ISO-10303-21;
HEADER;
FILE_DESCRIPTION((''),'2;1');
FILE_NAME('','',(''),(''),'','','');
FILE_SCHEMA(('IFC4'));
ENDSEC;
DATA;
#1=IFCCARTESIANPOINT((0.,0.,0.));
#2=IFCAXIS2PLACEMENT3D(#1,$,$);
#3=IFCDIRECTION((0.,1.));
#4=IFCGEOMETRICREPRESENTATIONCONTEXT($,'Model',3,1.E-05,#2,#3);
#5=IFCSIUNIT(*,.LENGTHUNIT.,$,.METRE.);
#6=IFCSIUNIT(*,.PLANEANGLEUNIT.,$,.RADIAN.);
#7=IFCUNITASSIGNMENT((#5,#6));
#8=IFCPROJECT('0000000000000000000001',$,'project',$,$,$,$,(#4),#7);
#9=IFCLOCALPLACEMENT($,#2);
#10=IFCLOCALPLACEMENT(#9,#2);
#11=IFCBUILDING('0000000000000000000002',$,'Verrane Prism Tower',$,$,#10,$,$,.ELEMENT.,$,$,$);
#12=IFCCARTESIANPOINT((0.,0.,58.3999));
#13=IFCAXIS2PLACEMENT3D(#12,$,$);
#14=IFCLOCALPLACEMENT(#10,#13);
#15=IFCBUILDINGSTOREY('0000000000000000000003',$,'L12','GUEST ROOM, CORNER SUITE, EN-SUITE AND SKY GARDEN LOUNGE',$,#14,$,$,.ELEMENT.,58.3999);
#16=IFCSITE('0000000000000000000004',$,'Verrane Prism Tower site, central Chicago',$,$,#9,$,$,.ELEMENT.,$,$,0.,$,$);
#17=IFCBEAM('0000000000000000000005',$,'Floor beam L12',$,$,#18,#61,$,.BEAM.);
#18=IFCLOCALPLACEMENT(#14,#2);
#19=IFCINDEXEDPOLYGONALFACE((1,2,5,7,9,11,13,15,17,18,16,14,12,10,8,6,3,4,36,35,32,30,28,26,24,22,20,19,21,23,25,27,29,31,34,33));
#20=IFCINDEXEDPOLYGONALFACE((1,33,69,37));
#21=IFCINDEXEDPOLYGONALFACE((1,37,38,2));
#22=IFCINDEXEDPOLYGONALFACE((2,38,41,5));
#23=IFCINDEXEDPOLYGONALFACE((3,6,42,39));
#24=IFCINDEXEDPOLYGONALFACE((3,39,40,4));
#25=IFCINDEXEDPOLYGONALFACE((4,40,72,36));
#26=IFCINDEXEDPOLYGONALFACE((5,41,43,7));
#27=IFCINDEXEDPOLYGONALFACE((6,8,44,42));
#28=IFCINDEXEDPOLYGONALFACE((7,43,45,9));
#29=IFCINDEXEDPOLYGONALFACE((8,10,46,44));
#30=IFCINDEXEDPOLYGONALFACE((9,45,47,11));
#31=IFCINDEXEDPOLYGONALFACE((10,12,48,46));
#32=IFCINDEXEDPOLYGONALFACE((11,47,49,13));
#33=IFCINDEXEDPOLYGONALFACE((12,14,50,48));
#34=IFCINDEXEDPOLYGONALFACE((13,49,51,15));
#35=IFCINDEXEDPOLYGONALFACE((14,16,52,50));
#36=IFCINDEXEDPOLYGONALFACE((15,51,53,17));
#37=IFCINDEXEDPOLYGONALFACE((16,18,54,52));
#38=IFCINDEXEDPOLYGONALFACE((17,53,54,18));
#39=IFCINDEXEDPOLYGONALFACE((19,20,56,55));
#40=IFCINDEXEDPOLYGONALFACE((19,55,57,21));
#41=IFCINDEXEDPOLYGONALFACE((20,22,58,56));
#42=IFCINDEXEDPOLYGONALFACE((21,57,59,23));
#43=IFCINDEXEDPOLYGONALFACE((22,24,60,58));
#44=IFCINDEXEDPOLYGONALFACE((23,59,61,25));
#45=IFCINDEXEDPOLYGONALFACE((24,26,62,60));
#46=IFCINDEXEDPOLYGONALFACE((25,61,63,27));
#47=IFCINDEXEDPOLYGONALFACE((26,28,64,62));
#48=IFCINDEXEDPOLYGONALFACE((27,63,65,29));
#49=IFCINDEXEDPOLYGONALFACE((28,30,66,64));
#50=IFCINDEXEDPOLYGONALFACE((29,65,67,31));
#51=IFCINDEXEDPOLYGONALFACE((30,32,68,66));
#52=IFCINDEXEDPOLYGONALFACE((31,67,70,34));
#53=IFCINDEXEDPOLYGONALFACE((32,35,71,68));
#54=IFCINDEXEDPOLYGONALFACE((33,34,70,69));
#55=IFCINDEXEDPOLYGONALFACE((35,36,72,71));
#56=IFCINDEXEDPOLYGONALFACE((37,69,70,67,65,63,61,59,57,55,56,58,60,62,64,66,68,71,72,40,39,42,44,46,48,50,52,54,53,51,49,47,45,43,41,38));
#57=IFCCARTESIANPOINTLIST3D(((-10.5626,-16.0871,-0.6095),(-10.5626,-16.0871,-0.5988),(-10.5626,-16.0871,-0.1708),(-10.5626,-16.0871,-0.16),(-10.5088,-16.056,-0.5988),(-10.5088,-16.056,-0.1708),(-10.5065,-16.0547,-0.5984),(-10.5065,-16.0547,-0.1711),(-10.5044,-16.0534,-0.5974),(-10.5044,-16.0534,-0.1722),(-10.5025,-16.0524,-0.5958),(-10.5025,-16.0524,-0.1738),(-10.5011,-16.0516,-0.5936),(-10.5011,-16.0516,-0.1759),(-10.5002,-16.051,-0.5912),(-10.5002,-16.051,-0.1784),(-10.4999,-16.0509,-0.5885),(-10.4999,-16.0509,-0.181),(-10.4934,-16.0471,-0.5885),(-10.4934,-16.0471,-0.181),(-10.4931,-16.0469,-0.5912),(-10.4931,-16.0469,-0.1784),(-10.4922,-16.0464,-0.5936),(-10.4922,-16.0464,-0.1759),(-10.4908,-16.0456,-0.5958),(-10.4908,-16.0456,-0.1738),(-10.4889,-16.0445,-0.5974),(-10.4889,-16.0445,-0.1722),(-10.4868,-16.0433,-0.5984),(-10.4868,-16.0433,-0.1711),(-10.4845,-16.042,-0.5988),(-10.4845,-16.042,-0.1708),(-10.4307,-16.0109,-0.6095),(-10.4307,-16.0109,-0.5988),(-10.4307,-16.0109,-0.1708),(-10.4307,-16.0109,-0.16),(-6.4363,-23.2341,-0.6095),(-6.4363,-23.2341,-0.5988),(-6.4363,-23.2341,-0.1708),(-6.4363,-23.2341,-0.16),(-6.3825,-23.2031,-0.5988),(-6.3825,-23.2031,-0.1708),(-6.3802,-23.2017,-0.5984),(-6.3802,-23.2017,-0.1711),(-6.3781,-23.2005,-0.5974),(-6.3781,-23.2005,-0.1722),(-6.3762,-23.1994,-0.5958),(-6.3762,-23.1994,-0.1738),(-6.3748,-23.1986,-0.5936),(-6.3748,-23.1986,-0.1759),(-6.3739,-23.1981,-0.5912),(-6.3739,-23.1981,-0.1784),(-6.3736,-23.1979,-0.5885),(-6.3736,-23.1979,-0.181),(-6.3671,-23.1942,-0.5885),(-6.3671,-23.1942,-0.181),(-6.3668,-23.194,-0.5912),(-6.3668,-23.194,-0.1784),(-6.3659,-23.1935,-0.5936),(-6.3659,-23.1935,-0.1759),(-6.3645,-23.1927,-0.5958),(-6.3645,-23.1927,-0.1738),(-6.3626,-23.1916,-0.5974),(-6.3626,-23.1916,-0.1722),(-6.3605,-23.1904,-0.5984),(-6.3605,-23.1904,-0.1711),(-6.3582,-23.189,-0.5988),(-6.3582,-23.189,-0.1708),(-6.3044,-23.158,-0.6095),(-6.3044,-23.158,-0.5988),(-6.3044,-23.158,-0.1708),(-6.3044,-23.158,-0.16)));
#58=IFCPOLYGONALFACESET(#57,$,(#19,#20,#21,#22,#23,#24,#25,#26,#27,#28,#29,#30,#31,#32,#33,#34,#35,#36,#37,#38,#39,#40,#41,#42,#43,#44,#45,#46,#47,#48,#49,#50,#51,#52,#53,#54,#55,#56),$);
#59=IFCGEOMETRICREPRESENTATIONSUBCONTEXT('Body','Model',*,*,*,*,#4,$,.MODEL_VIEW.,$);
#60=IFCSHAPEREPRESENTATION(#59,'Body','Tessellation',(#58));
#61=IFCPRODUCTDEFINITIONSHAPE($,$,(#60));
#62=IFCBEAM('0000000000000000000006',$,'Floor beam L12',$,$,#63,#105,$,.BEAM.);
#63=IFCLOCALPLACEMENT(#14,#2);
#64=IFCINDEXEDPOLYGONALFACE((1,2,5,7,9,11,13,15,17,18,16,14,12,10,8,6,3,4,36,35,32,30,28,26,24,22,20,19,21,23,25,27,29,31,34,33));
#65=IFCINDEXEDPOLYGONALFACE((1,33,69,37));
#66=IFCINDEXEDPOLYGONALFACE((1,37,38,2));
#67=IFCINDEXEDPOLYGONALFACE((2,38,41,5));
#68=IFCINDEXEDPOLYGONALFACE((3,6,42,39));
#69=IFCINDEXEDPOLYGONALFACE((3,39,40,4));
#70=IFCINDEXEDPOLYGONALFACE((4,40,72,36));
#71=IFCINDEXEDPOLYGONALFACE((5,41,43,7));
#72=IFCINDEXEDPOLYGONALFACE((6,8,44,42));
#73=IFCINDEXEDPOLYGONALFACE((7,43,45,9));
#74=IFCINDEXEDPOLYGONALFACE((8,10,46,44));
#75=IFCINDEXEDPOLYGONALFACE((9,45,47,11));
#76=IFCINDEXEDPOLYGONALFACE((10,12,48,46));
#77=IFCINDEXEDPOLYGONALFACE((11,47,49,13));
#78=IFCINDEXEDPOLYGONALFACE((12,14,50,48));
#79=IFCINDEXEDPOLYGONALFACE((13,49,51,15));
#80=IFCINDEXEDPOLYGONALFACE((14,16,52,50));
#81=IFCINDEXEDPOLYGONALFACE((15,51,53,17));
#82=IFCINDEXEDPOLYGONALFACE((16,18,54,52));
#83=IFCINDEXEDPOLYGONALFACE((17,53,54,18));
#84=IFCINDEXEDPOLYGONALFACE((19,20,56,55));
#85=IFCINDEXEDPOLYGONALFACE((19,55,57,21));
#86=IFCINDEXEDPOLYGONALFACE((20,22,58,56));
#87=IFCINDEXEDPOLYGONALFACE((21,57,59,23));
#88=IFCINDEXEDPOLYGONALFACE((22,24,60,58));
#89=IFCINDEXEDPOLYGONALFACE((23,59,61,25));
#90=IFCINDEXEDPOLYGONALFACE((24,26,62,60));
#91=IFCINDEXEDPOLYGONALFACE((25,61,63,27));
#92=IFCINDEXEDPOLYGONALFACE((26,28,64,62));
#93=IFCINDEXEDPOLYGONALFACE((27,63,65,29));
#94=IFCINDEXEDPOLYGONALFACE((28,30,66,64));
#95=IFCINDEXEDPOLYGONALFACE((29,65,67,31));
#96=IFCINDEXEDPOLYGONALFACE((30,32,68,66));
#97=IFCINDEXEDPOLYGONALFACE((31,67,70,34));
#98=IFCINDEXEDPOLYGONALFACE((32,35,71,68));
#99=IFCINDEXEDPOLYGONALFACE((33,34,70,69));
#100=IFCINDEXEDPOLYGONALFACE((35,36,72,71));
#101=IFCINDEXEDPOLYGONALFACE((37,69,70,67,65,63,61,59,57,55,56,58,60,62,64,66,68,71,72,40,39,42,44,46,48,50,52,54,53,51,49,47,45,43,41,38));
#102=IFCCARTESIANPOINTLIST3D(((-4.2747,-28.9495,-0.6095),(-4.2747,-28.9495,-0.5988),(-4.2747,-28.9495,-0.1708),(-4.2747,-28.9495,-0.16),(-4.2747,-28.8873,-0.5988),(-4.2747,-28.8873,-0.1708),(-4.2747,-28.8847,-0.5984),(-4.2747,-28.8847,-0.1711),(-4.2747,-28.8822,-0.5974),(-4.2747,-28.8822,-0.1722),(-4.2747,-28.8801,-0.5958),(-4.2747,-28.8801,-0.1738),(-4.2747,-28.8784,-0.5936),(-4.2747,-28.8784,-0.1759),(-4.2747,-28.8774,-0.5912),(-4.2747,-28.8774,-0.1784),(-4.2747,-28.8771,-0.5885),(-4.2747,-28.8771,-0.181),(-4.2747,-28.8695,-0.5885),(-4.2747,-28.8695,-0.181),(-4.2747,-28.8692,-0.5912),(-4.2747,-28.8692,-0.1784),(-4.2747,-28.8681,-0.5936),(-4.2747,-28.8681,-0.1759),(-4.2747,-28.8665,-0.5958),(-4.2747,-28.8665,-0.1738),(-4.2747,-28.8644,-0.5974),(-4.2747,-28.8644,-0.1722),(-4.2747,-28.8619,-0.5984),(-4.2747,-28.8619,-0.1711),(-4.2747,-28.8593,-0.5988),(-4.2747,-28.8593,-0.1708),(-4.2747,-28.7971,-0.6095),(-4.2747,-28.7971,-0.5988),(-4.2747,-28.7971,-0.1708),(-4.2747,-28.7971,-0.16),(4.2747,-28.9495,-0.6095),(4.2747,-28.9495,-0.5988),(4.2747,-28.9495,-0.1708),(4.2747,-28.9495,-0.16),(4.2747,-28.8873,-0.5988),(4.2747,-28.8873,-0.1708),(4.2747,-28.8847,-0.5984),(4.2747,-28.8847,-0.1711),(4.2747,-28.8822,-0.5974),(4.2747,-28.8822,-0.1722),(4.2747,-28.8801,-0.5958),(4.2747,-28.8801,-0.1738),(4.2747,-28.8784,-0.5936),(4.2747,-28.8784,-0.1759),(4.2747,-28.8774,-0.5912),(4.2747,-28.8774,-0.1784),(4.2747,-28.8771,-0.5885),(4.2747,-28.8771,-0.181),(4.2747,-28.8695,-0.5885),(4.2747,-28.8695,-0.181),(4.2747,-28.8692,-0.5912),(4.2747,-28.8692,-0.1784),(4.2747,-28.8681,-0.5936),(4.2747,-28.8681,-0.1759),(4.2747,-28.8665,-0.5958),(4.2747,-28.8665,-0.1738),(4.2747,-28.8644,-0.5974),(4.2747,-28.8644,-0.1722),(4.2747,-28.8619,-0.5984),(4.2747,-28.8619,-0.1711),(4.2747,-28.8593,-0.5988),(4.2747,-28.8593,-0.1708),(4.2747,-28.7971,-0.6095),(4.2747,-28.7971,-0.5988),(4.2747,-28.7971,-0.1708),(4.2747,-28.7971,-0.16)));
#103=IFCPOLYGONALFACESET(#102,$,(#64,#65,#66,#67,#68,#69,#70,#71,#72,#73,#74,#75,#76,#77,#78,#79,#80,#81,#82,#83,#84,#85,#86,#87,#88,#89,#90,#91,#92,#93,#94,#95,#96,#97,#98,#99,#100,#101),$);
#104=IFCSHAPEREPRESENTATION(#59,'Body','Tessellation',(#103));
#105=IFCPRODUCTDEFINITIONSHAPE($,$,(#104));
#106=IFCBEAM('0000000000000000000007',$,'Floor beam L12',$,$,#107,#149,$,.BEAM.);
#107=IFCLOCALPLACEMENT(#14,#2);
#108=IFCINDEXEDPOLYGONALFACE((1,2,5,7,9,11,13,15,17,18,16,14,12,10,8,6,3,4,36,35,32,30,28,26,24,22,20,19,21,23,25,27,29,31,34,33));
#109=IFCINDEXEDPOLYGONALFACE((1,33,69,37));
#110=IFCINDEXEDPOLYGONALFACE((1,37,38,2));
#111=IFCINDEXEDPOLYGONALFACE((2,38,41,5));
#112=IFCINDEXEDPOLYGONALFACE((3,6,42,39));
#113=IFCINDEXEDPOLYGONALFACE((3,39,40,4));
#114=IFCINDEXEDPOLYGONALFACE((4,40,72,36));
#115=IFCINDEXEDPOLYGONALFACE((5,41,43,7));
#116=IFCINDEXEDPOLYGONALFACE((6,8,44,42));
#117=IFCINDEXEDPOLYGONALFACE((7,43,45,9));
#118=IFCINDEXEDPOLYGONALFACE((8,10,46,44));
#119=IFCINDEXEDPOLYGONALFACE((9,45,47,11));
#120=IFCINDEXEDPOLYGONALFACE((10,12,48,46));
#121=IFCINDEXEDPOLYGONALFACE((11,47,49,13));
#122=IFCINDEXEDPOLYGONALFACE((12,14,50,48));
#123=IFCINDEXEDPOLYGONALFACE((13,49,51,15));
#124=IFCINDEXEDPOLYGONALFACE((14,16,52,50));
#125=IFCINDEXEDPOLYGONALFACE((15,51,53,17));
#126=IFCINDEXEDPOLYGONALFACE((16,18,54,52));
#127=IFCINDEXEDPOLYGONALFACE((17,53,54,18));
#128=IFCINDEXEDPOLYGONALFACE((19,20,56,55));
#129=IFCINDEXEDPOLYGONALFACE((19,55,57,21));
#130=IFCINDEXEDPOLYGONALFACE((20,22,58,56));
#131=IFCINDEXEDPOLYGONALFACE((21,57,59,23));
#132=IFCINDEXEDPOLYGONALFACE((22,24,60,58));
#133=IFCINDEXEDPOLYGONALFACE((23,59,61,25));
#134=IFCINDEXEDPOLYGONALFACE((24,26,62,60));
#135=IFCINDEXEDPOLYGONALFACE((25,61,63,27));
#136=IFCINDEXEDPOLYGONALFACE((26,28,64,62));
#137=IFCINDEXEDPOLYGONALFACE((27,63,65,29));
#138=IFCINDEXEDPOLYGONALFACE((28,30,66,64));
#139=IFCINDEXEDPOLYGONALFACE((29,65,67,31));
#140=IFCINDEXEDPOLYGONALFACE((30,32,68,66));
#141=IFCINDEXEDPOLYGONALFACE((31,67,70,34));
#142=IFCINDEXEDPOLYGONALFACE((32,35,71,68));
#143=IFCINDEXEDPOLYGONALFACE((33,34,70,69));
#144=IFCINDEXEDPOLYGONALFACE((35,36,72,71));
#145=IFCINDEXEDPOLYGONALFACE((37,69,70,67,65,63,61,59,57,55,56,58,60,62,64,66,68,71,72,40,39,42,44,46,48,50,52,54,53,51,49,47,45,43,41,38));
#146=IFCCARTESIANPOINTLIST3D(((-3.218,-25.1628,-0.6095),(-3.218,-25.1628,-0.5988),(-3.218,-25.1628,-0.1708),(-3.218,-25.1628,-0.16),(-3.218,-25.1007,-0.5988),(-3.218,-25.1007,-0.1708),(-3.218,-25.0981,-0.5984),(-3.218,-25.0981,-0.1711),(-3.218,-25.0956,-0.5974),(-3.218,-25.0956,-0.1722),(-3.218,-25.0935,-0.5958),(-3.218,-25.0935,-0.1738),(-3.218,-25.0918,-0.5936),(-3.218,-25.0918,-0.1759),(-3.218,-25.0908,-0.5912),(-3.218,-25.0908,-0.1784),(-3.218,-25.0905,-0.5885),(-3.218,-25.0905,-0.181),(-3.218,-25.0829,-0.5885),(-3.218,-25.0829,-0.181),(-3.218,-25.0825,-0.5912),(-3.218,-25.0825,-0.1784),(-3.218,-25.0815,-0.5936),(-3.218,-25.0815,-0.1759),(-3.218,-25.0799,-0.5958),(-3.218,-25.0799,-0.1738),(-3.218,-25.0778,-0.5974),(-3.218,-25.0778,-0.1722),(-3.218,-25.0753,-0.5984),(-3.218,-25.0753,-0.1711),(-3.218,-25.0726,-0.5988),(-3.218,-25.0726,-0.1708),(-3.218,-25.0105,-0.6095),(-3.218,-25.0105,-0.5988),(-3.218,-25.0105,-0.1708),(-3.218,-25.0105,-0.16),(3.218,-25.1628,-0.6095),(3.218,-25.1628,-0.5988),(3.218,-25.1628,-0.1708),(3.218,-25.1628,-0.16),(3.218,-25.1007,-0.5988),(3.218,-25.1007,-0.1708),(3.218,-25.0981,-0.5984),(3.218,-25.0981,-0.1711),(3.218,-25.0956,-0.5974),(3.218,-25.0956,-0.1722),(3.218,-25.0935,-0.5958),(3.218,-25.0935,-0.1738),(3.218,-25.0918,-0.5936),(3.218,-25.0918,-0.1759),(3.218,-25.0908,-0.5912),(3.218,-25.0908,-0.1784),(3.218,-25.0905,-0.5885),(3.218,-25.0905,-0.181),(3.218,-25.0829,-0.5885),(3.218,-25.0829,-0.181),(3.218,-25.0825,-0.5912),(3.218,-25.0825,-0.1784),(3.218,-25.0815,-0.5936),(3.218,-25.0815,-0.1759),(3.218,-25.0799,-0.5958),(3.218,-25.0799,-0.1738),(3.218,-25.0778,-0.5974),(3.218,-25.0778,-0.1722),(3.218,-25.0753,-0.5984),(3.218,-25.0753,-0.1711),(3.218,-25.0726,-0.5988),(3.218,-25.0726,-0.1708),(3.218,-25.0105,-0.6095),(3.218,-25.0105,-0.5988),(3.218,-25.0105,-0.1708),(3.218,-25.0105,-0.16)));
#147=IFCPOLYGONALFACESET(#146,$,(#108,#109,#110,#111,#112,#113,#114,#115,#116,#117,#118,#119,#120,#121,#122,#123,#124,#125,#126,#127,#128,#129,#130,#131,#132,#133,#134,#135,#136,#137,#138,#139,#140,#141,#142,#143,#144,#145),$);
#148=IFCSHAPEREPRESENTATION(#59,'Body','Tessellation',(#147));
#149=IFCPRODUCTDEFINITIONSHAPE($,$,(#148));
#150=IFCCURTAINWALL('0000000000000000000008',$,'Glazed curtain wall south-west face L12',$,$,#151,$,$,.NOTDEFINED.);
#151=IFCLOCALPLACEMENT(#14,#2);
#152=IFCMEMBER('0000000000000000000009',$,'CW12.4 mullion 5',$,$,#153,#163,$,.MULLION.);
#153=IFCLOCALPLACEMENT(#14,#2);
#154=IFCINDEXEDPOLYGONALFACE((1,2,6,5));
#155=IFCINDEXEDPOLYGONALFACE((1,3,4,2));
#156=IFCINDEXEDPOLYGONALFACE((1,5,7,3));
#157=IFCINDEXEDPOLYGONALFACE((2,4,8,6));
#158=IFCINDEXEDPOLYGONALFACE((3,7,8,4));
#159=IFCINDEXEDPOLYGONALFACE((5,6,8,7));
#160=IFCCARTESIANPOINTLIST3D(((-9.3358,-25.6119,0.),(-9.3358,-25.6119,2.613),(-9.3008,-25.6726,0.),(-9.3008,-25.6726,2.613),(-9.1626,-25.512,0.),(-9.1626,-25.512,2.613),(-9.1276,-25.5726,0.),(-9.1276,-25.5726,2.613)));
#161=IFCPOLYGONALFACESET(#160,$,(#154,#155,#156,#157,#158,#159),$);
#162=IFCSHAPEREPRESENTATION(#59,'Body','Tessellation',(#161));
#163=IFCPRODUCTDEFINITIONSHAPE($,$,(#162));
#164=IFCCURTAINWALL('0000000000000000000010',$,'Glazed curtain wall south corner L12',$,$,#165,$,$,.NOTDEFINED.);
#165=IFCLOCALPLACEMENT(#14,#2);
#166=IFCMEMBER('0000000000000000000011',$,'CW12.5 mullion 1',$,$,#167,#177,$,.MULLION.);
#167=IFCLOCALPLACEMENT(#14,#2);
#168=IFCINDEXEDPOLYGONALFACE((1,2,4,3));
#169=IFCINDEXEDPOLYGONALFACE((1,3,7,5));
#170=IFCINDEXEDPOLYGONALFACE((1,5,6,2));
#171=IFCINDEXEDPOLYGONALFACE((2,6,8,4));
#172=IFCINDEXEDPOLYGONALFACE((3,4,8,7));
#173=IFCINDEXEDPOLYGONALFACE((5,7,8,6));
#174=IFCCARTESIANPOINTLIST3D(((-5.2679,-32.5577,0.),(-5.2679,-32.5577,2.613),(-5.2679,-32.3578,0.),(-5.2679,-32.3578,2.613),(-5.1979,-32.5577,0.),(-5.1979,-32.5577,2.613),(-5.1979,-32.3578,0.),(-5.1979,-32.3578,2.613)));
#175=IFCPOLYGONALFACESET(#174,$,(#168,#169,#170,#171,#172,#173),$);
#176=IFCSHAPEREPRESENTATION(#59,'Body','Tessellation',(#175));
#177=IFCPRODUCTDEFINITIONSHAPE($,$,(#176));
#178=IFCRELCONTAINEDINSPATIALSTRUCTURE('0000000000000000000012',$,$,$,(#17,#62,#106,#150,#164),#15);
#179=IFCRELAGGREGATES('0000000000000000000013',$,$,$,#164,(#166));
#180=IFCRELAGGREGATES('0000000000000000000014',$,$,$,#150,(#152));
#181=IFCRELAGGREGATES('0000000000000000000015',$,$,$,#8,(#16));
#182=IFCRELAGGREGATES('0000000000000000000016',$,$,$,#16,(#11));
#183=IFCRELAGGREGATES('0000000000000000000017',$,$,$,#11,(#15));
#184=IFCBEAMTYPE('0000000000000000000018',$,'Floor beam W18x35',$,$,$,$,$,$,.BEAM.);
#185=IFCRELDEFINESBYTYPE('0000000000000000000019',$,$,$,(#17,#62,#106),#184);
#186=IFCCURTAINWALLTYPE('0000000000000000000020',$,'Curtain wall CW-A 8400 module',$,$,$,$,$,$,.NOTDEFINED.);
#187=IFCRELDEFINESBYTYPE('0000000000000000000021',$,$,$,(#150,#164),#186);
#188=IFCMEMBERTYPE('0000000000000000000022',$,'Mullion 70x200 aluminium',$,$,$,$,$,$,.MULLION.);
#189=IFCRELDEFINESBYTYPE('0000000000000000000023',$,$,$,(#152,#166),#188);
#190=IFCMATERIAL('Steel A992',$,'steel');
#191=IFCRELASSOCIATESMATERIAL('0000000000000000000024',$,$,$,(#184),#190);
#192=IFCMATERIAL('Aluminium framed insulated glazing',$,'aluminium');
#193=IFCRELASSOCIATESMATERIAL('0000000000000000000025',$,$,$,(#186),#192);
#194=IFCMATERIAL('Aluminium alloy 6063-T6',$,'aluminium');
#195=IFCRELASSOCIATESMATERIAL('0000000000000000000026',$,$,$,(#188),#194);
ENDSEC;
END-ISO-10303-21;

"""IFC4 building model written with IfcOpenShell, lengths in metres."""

from ifc_helpers import new_model, si_unit, direction, frame, origin, origin_2d, place, context, subcontext, project, spatial, rectangle, i_section, extrude, material, material_profile, profile_set, type_object, element, aggregate, save


model = new_model("IFC4")

# Units and contexts
model_context = context("Model", 3, precision=1e-05, world=origin(), true_north=direction((0.0, 1.0)))
body_context = subcontext(model_context, "Body", "Model", "MODEL_VIEW")
ifc_project = project(units=[si_unit("LENGTHUNIT", "METRE"), si_unit("PLANEANGLEUNIT", "RADIAN")], contexts=[model_context])

# Site, building, storey
site_placement = place(None, origin())
site = spatial("IfcSite", under=ifc_project, at=site_placement, Name="Verrane Prism Tower site, central Chicago", CompositionType="ELEMENT", RefElevation=0.0)
building_placement = place(site_placement, origin())
building = spatial("IfcBuilding", under=site, at=building_placement, Name="Verrane Prism Tower", CompositionType="ELEMENT")
storey_placement = place(building_placement, frame((0.0, 0.0, 58.3999)))
storey = spatial("IfcBuildingStorey", under=building, at=storey_placement, Name="L12", Description="GUEST ROOM, CORNER SUITE, EN-SUITE AND SKY GARDEN LOUNGE", CompositionType="ELEMENT", Elevation=58.3999)

# Beams
ifc_material_1 = material(Name="Steel A992", Category="steel")
ifc_material_profile_1 = material_profile(ifc_material_1, i_section(OverallWidth=0.1523, OverallDepth=0.4495, WebThickness=0.0076, FlangeThickness=0.0107, FilletRadius=0.0103, at=origin_2d()), Name="W18x35")
ifc_profile_set_1 = profile_set([ifc_material_profile_1], Name="Steel A992")
beam_type_1 = type_object("IfcBeamType", Name="Floor beam W18x35", PredefinedType="BEAM", material=ifc_profile_set_1)
beam_1_placement = place(storey_placement, frame((-6.3704, -23.196, -0.3848), z_axis=(-0.499992, 0.86603, 0.0), x_axis=(-0.86603, -0.499992, 0.0)))
element("IfcBeam", 1, at=beam_1_placement, inside=storey, type_object=beam_type_1, Name="Floor beam L12", PredefinedType="BEAM", context=body_context, shape_type="SweptSolid", body=[
    extrude(i_section(OverallWidth=0.1523, OverallDepth=0.4495, WebThickness=0.0076, FlangeThickness=0.0107, FilletRadius=0.0103, at=origin_2d()), origin(), (0.0, 0.0, 1.0), 8.2527),
])
beam_2_placement = place(storey_placement, frame((-4.2747, -28.8733, -0.3848), z_axis=(1.0, 0.0, 0.0), x_axis=(0.0, 1.0, 0.0)))
element("IfcBeam", 2, at=beam_2_placement, inside=storey, type_object=beam_type_1, Name="Floor beam L12", PredefinedType="BEAM", context=body_context, shape_type="SweptSolid", body=[
    extrude(i_section(OverallWidth=0.1523, OverallDepth=0.4495, WebThickness=0.0076, FlangeThickness=0.0107, FilletRadius=0.0103, at=origin_2d()), origin(), (0.0, 0.0, 1.0), 8.5493),
])
beam_3_placement = place(storey_placement, frame((-3.218, -25.0867, -0.3848), z_axis=(1.0, 0.0, 0.0), x_axis=(0.0, 1.0, 0.0)))
element("IfcBeam", 3, at=beam_3_placement, inside=storey, type_object=beam_type_1, Name="Floor beam L12", PredefinedType="BEAM", context=body_context, shape_type="SweptSolid", body=[
    extrude(i_section(OverallWidth=0.1523, OverallDepth=0.4495, WebThickness=0.0076, FlangeThickness=0.0107, FilletRadius=0.0103, at=origin_2d()), origin(), (0.0, 0.0, 1.0), 6.436),
])

# Curtain walls, members
ifc_material_2 = material(Name="Aluminium framed insulated glazing", Category="aluminium")
curtain_wall_type = type_object("IfcCurtainWallType", Name="Curtain wall CW-A 8400 module", PredefinedType="NOTDEFINED", material=ifc_material_2)
curtain_wall_1_placement = place(storey_placement, origin())
curtain_wall_1 = element("IfcCurtainWall", 4, at=curtain_wall_1_placement, inside=storey, type_object=curtain_wall_type, Name="Glazed curtain wall south-west face L12", PredefinedType="NOTDEFINED")
ifc_material_3 = material(Name="Aluminium alloy 6063-T6", Category="aluminium")
ifc_material_profile_2 = material_profile(ifc_material_3, rectangle(XDim=0.2, YDim=0.0701, at=origin_2d()), Name="Mullion 70x200 aluminium")
ifc_profile_set_2 = profile_set([ifc_material_profile_2], Name="Aluminium alloy 6063-T6")
member_type_1 = type_object("IfcMemberType", Name="Mullion 70x200 aluminium", PredefinedType="MULLION", material=ifc_profile_set_2)
member_1_placement = place(storey_placement, frame((-9.2317, -25.5923, 0.0), z_axis=(0.0, 0.0, 1.0), x_axis=(0.866026, 0.5, 0.0)))
member_1 = element("IfcMember", 5, at=member_1_placement, type_object=member_type_1, Name="CW12.4 mullion 5", PredefinedType="MULLION", context=body_context, shape_type="SweptSolid", body=[
    extrude(rectangle(XDim=0.2, YDim=0.0701, at=origin_2d()), origin(), (0.0, 0.0, 1.0), 2.613),
])
curtain_wall_2_placement = place(storey_placement, origin())
curtain_wall_2 = element("IfcCurtainWall", 6, at=curtain_wall_2_placement, inside=storey, type_object=curtain_wall_type, Name="Glazed curtain wall south corner L12", PredefinedType="NOTDEFINED")
member_2_placement = place(storey_placement, frame((-5.2329, -32.4578, 0.0), z_axis=(0.0, 0.0, 1.0), x_axis=(0.0, 1.0, 0.0)))
member_2 = element("IfcMember", 7, at=member_2_placement, type_object=member_type_1, Name="CW12.5 mullion 1", PredefinedType="MULLION", context=body_context, shape_type="SweptSolid", body=[
    extrude(rectangle(XDim=0.2, YDim=0.0701, at=origin_2d()), origin(), (0.0, 0.0, 1.0), 2.613),
])

aggregate(curtain_wall_2, [member_2])

aggregate(curtain_wall_1, [member_1])

save(model, "model.ifc")
